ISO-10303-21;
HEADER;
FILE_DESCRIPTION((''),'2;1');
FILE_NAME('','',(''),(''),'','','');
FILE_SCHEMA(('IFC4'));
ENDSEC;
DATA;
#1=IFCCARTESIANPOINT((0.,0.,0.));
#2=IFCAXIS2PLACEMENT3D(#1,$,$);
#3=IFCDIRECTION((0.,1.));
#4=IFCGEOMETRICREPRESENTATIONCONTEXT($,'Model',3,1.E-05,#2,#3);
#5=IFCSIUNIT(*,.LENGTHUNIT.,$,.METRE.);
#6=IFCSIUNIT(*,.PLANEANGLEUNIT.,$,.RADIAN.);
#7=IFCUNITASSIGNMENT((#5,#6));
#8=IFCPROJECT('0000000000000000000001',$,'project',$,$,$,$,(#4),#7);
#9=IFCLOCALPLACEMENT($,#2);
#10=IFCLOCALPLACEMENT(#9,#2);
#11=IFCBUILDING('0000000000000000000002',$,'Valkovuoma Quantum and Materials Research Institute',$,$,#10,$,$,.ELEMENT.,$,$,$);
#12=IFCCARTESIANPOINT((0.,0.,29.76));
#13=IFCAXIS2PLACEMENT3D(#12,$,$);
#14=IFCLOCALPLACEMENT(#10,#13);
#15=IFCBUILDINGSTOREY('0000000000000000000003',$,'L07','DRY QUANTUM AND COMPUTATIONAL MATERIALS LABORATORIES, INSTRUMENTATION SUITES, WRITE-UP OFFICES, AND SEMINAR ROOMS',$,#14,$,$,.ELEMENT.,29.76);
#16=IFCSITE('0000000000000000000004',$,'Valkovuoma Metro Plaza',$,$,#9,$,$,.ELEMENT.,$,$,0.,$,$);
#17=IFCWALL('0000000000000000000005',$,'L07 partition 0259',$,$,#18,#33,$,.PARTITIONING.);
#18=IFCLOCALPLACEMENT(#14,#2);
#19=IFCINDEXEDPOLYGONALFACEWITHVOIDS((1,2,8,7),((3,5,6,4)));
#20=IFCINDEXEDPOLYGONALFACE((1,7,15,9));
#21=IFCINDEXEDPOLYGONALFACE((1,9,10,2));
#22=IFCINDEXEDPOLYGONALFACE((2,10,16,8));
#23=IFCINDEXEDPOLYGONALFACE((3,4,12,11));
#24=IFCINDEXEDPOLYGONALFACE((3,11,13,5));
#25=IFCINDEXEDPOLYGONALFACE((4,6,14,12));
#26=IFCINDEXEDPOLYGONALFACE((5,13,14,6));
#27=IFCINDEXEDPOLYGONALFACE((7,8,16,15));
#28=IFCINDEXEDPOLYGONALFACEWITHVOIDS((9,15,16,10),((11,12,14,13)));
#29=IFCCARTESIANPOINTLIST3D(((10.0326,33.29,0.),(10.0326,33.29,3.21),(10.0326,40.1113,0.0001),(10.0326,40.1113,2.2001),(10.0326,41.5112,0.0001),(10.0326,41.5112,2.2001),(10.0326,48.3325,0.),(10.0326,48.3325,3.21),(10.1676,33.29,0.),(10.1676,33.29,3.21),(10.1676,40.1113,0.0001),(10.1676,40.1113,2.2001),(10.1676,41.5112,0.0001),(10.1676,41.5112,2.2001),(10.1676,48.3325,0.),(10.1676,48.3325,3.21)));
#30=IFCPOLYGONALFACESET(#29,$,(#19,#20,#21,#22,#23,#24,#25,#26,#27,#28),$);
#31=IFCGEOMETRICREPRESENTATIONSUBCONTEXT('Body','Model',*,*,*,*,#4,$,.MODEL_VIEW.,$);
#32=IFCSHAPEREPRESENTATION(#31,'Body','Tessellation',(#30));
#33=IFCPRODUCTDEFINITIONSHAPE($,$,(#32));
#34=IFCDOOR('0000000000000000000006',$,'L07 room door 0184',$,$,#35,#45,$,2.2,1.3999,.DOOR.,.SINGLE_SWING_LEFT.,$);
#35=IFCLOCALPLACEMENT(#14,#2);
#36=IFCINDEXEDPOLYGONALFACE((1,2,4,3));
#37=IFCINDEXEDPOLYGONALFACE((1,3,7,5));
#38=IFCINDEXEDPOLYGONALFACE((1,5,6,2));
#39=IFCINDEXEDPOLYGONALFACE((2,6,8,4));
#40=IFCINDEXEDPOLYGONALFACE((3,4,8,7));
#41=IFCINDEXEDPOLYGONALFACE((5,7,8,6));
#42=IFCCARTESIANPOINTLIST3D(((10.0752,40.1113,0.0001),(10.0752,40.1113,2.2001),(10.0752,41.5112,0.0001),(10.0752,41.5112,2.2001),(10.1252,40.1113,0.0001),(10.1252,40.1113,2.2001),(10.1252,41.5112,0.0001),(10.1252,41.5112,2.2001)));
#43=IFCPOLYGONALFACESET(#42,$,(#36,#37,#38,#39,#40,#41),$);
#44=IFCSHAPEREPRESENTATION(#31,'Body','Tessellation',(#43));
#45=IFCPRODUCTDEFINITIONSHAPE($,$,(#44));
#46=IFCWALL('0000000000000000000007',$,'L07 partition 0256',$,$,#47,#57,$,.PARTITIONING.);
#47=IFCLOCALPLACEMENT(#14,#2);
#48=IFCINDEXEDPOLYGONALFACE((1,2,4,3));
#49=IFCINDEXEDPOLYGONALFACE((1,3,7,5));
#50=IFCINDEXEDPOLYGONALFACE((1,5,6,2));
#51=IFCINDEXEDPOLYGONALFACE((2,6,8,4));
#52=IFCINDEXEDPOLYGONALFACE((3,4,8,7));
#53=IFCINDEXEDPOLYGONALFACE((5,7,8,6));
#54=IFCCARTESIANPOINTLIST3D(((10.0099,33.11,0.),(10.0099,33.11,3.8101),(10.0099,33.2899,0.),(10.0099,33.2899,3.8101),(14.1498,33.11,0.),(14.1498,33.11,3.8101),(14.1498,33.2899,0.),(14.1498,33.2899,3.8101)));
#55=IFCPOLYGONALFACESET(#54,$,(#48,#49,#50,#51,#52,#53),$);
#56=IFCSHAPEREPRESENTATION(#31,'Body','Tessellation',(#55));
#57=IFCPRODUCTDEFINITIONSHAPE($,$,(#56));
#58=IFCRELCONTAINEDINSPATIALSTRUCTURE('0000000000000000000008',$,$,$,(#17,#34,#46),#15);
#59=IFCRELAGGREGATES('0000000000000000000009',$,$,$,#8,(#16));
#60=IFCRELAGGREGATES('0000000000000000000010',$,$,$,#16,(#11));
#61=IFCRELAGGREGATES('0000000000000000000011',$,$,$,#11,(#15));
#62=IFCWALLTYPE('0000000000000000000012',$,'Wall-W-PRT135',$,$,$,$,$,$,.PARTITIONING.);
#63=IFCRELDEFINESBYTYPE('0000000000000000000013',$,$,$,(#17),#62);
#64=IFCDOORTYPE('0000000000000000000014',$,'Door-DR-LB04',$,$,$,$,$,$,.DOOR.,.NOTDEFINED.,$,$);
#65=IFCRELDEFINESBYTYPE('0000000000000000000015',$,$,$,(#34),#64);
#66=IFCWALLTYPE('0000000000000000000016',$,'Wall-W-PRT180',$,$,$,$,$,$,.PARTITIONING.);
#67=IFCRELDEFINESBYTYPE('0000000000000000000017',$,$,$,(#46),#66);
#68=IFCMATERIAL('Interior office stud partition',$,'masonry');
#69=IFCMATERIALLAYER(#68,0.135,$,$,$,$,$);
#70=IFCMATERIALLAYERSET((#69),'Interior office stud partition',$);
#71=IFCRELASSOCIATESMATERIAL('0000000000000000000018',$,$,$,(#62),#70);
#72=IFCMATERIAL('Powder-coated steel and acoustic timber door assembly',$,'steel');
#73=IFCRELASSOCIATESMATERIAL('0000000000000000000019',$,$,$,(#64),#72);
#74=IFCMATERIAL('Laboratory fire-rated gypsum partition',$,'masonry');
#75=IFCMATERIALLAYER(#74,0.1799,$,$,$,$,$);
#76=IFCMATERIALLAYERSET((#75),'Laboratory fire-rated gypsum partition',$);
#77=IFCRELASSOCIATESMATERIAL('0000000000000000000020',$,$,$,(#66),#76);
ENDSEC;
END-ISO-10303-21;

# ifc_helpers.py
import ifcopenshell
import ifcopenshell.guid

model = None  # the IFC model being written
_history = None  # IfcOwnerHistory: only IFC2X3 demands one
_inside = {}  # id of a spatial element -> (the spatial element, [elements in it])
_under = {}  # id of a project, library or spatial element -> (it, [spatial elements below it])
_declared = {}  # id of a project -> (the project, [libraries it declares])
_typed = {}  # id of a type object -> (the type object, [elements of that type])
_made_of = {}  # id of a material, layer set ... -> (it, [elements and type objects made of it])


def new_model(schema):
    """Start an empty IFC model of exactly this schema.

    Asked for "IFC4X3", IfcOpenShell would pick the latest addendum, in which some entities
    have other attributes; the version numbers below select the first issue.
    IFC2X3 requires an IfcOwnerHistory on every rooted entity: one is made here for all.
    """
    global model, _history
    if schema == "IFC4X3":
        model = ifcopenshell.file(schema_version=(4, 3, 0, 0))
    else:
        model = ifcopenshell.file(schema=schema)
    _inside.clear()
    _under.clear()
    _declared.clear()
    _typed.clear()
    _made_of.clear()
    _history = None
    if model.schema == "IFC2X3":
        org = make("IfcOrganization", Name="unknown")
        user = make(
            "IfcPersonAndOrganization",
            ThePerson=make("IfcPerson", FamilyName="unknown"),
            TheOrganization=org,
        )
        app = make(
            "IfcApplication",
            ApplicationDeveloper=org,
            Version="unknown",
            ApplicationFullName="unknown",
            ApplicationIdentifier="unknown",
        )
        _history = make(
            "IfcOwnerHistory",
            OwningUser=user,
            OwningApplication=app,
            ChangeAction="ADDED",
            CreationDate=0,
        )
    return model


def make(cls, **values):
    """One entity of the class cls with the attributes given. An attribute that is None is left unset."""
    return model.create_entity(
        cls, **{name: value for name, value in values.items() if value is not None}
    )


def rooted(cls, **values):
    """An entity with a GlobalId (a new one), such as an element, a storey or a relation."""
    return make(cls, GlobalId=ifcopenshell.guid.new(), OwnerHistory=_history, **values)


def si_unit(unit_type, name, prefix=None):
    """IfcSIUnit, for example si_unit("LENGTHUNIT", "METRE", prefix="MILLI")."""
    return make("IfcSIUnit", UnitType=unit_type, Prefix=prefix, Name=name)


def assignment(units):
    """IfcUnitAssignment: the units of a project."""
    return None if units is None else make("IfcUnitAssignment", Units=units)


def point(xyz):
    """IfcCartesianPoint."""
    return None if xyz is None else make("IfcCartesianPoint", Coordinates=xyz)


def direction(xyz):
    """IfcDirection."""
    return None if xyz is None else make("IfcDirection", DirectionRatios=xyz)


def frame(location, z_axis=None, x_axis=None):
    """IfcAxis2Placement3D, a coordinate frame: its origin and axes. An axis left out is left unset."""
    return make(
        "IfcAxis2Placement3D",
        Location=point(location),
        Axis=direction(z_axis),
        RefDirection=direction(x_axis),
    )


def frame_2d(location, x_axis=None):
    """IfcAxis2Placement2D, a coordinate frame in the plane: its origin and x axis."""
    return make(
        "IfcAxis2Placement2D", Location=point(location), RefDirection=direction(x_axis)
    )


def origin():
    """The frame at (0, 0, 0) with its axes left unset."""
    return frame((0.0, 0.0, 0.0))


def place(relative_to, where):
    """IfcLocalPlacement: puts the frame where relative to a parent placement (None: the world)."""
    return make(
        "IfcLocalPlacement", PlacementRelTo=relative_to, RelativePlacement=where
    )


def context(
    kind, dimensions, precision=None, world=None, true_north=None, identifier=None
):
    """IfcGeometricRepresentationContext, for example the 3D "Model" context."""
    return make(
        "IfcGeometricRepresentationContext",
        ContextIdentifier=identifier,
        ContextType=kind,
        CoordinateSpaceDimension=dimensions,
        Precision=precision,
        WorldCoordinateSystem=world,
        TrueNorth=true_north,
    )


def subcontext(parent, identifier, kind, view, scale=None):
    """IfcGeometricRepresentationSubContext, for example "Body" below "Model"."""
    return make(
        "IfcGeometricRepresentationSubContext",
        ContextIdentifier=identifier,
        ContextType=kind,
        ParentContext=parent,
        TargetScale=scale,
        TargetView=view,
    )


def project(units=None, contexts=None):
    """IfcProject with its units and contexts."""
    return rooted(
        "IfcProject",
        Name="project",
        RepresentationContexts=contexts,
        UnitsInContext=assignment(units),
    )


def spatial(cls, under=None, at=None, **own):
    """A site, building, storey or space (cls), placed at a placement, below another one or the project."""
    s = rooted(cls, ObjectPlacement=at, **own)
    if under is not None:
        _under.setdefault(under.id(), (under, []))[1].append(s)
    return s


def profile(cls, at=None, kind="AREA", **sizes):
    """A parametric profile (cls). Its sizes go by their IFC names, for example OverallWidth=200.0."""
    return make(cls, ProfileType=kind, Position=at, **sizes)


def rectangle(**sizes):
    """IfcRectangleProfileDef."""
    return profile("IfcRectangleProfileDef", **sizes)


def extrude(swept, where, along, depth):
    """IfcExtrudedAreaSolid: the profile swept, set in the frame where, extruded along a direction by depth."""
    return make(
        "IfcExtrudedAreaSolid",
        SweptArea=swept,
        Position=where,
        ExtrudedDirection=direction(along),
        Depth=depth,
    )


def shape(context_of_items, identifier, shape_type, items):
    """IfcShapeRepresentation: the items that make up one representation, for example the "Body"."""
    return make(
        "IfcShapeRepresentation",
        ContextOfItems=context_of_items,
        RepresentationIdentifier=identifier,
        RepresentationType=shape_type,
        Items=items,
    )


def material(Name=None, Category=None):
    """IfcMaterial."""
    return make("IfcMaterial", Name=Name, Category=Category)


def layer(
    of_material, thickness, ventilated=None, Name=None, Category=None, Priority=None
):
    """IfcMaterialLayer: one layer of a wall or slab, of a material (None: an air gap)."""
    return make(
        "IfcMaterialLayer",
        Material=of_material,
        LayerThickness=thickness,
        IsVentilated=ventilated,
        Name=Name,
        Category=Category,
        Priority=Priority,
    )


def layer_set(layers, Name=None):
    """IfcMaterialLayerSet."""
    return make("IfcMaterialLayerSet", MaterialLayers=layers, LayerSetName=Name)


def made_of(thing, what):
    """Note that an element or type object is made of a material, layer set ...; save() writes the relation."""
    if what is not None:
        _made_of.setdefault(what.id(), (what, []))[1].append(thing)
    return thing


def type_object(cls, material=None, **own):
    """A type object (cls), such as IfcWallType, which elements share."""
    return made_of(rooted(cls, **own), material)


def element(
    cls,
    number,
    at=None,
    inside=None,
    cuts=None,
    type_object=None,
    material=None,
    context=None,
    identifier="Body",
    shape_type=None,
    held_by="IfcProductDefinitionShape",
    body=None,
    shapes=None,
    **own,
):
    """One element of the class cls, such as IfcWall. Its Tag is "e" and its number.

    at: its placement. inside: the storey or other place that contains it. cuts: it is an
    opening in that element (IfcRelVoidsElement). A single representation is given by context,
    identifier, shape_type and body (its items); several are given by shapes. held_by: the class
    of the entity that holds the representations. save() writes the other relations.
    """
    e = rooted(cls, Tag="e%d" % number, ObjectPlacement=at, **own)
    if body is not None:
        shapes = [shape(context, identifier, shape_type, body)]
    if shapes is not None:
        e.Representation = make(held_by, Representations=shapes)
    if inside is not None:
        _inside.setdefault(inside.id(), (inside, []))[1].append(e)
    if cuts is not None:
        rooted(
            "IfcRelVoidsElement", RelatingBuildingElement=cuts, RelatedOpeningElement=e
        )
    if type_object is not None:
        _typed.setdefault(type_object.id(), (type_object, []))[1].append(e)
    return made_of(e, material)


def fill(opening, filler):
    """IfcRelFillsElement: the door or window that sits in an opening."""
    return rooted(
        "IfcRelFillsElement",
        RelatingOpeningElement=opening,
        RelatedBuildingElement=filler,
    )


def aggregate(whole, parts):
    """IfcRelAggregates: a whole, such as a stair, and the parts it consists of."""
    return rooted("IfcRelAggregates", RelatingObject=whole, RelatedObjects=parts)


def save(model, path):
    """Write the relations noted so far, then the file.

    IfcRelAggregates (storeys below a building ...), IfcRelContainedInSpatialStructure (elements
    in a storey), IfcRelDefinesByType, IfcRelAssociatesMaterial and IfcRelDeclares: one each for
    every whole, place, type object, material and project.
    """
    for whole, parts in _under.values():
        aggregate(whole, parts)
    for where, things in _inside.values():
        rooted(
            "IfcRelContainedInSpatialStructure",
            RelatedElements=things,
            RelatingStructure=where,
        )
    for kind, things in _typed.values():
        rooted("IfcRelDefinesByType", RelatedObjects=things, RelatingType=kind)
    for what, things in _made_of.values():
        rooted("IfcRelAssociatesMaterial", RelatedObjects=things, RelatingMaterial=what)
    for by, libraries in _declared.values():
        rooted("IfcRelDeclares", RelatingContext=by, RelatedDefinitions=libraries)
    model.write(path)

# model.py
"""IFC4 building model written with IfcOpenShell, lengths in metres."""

from ifc_helpers import new_model, si_unit, direction, frame, frame_2d, origin, place, context, subcontext, project, spatial, rectangle, extrude, material, layer, layer_set, type_object, element, fill, save


model = new_model("IFC4")

# Units and contexts
model_context = context("Model", 3, precision=1e-05, world=origin(), true_north=direction((0.0, 1.0)))
body_context = subcontext(model_context, "Body", "Model", "MODEL_VIEW")
ifc_project = project(units=[si_unit("LENGTHUNIT", "METRE"), si_unit("PLANEANGLEUNIT", "RADIAN")], contexts=[model_context])

# Site, building, storey
site_placement = place(None, origin())
site = spatial("IfcSite", under=ifc_project, at=site_placement, Name="Valkovuoma Metro Plaza", CompositionType="ELEMENT", RefElevation=0.0)
building_placement = place(site_placement, origin())
building = spatial("IfcBuilding", under=site, at=building_placement, Name="Valkovuoma Quantum and Materials Research Institute", CompositionType="ELEMENT")
storey_placement = place(building_placement, frame((0.0, 0.0, 29.76)))
storey = spatial("IfcBuildingStorey", under=building, at=storey_placement, Name="L07", Description="DRY QUANTUM AND COMPUTATIONAL MATERIALS LABORATORIES, INSTRUMENTATION SUITES, WRITE-UP OFFICES, AND SEMINAR ROOMS", CompositionType="ELEMENT", Elevation=29.76)

# Wall, opening, door
ifc_material_1 = material(Name="Interior office stud partition", Category="masonry")
ifc_layer_1 = layer(ifc_material_1, 0.135)
ifc_layer_set_1 = layer_set([ifc_layer_1], Name="Interior office stud partition")
wall_type_1 = type_object("IfcWallType", Name="Wall-W-PRT135", PredefinedType="PARTITIONING", material=ifc_layer_set_1)
wall_1_placement = place(storey_placement, frame((10.1001, 33.29, 0.0), z_axis=(0.0, 0.0, 1.0), x_axis=(0.0, 1.0, 0.0)))
wall_1 = element("IfcWall", 1, at=wall_1_placement, inside=storey, type_object=wall_type_1, Name="L07 partition 0259", PredefinedType="PARTITIONING", context=body_context, shape_type="SweptSolid", body=[
    extrude(rectangle(XDim=15.0425, YDim=0.135, at=frame_2d((7.5212, 0.0))), origin(), (0.0, 0.0, 1.0), 3.21),
])
opening_placement = place(wall_1_placement, frame((6.8213, 0.0, 0.0)))
opening = element("IfcOpeningElement", 2, at=opening_placement, cuts=wall_1, PredefinedType="OPENING", context=body_context, shape_type="SweptSolid", body=[
    extrude(rectangle(XDim=1.3999, YDim=2.2, at=frame_2d((0.7, 1.1001))), frame((0.0, 0.0776, 0.0), z_axis=(0.0, -1.0, 0.0), x_axis=(1.0, 0.0, 0.0)), (0.0, 0.0, 1.0), 0.155),
])
ifc_material_2 = material(Name="Powder-coated steel and acoustic timber door assembly", Category="steel")
door_type = type_object("IfcDoorType", Name="Door-DR-LB04", OperationType="NOTDEFINED", PredefinedType="DOOR", material=ifc_material_2)
door_placement = place(opening_placement, origin())
door = element("IfcDoor", 3, at=door_placement, inside=storey, type_object=door_type, Name="L07 room door 0184", OperationType="SINGLE_SWING_LEFT", OverallHeight=2.2, OverallWidth=1.3999, PredefinedType="DOOR", context=body_context, shape_type="SweptSolid", body=[
    extrude(rectangle(XDim=1.3999, YDim=2.2, at=frame_2d((0.7, 1.1001))), frame((0.0, 0.0249, 0.0), z_axis=(0.0, -1.0, 0.0), x_axis=(1.0, 0.0, 0.0)), (0.0, 0.0, 1.0), 0.05),
])
fill(opening, door)

# Wall
ifc_material_3 = material(Name="Laboratory fire-rated gypsum partition", Category="masonry")
ifc_layer_2 = layer(ifc_material_3, 0.1799)
ifc_layer_set_2 = layer_set([ifc_layer_2], Name="Laboratory fire-rated gypsum partition")
wall_type_2 = type_object("IfcWallType", Name="Wall-W-PRT180", PredefinedType="PARTITIONING", material=ifc_layer_set_2)
wall_2_placement = place(storey_placement, frame((10.01, 33.2, 0.0), z_axis=(0.0, 0.0, 1.0), x_axis=(1.0, 0.0, 0.0)))
element("IfcWall", 4, at=wall_2_placement, inside=storey, type_object=wall_type_2, Name="L07 partition 0256", PredefinedType="PARTITIONING", context=body_context, shape_type="SweptSolid", body=[
    extrude(rectangle(XDim=4.1399, YDim=0.1799, at=frame_2d((2.0698, 0.0))), origin(), (0.0, 0.0, 1.0), 3.8101),
])

save(model, "model.ifc")
